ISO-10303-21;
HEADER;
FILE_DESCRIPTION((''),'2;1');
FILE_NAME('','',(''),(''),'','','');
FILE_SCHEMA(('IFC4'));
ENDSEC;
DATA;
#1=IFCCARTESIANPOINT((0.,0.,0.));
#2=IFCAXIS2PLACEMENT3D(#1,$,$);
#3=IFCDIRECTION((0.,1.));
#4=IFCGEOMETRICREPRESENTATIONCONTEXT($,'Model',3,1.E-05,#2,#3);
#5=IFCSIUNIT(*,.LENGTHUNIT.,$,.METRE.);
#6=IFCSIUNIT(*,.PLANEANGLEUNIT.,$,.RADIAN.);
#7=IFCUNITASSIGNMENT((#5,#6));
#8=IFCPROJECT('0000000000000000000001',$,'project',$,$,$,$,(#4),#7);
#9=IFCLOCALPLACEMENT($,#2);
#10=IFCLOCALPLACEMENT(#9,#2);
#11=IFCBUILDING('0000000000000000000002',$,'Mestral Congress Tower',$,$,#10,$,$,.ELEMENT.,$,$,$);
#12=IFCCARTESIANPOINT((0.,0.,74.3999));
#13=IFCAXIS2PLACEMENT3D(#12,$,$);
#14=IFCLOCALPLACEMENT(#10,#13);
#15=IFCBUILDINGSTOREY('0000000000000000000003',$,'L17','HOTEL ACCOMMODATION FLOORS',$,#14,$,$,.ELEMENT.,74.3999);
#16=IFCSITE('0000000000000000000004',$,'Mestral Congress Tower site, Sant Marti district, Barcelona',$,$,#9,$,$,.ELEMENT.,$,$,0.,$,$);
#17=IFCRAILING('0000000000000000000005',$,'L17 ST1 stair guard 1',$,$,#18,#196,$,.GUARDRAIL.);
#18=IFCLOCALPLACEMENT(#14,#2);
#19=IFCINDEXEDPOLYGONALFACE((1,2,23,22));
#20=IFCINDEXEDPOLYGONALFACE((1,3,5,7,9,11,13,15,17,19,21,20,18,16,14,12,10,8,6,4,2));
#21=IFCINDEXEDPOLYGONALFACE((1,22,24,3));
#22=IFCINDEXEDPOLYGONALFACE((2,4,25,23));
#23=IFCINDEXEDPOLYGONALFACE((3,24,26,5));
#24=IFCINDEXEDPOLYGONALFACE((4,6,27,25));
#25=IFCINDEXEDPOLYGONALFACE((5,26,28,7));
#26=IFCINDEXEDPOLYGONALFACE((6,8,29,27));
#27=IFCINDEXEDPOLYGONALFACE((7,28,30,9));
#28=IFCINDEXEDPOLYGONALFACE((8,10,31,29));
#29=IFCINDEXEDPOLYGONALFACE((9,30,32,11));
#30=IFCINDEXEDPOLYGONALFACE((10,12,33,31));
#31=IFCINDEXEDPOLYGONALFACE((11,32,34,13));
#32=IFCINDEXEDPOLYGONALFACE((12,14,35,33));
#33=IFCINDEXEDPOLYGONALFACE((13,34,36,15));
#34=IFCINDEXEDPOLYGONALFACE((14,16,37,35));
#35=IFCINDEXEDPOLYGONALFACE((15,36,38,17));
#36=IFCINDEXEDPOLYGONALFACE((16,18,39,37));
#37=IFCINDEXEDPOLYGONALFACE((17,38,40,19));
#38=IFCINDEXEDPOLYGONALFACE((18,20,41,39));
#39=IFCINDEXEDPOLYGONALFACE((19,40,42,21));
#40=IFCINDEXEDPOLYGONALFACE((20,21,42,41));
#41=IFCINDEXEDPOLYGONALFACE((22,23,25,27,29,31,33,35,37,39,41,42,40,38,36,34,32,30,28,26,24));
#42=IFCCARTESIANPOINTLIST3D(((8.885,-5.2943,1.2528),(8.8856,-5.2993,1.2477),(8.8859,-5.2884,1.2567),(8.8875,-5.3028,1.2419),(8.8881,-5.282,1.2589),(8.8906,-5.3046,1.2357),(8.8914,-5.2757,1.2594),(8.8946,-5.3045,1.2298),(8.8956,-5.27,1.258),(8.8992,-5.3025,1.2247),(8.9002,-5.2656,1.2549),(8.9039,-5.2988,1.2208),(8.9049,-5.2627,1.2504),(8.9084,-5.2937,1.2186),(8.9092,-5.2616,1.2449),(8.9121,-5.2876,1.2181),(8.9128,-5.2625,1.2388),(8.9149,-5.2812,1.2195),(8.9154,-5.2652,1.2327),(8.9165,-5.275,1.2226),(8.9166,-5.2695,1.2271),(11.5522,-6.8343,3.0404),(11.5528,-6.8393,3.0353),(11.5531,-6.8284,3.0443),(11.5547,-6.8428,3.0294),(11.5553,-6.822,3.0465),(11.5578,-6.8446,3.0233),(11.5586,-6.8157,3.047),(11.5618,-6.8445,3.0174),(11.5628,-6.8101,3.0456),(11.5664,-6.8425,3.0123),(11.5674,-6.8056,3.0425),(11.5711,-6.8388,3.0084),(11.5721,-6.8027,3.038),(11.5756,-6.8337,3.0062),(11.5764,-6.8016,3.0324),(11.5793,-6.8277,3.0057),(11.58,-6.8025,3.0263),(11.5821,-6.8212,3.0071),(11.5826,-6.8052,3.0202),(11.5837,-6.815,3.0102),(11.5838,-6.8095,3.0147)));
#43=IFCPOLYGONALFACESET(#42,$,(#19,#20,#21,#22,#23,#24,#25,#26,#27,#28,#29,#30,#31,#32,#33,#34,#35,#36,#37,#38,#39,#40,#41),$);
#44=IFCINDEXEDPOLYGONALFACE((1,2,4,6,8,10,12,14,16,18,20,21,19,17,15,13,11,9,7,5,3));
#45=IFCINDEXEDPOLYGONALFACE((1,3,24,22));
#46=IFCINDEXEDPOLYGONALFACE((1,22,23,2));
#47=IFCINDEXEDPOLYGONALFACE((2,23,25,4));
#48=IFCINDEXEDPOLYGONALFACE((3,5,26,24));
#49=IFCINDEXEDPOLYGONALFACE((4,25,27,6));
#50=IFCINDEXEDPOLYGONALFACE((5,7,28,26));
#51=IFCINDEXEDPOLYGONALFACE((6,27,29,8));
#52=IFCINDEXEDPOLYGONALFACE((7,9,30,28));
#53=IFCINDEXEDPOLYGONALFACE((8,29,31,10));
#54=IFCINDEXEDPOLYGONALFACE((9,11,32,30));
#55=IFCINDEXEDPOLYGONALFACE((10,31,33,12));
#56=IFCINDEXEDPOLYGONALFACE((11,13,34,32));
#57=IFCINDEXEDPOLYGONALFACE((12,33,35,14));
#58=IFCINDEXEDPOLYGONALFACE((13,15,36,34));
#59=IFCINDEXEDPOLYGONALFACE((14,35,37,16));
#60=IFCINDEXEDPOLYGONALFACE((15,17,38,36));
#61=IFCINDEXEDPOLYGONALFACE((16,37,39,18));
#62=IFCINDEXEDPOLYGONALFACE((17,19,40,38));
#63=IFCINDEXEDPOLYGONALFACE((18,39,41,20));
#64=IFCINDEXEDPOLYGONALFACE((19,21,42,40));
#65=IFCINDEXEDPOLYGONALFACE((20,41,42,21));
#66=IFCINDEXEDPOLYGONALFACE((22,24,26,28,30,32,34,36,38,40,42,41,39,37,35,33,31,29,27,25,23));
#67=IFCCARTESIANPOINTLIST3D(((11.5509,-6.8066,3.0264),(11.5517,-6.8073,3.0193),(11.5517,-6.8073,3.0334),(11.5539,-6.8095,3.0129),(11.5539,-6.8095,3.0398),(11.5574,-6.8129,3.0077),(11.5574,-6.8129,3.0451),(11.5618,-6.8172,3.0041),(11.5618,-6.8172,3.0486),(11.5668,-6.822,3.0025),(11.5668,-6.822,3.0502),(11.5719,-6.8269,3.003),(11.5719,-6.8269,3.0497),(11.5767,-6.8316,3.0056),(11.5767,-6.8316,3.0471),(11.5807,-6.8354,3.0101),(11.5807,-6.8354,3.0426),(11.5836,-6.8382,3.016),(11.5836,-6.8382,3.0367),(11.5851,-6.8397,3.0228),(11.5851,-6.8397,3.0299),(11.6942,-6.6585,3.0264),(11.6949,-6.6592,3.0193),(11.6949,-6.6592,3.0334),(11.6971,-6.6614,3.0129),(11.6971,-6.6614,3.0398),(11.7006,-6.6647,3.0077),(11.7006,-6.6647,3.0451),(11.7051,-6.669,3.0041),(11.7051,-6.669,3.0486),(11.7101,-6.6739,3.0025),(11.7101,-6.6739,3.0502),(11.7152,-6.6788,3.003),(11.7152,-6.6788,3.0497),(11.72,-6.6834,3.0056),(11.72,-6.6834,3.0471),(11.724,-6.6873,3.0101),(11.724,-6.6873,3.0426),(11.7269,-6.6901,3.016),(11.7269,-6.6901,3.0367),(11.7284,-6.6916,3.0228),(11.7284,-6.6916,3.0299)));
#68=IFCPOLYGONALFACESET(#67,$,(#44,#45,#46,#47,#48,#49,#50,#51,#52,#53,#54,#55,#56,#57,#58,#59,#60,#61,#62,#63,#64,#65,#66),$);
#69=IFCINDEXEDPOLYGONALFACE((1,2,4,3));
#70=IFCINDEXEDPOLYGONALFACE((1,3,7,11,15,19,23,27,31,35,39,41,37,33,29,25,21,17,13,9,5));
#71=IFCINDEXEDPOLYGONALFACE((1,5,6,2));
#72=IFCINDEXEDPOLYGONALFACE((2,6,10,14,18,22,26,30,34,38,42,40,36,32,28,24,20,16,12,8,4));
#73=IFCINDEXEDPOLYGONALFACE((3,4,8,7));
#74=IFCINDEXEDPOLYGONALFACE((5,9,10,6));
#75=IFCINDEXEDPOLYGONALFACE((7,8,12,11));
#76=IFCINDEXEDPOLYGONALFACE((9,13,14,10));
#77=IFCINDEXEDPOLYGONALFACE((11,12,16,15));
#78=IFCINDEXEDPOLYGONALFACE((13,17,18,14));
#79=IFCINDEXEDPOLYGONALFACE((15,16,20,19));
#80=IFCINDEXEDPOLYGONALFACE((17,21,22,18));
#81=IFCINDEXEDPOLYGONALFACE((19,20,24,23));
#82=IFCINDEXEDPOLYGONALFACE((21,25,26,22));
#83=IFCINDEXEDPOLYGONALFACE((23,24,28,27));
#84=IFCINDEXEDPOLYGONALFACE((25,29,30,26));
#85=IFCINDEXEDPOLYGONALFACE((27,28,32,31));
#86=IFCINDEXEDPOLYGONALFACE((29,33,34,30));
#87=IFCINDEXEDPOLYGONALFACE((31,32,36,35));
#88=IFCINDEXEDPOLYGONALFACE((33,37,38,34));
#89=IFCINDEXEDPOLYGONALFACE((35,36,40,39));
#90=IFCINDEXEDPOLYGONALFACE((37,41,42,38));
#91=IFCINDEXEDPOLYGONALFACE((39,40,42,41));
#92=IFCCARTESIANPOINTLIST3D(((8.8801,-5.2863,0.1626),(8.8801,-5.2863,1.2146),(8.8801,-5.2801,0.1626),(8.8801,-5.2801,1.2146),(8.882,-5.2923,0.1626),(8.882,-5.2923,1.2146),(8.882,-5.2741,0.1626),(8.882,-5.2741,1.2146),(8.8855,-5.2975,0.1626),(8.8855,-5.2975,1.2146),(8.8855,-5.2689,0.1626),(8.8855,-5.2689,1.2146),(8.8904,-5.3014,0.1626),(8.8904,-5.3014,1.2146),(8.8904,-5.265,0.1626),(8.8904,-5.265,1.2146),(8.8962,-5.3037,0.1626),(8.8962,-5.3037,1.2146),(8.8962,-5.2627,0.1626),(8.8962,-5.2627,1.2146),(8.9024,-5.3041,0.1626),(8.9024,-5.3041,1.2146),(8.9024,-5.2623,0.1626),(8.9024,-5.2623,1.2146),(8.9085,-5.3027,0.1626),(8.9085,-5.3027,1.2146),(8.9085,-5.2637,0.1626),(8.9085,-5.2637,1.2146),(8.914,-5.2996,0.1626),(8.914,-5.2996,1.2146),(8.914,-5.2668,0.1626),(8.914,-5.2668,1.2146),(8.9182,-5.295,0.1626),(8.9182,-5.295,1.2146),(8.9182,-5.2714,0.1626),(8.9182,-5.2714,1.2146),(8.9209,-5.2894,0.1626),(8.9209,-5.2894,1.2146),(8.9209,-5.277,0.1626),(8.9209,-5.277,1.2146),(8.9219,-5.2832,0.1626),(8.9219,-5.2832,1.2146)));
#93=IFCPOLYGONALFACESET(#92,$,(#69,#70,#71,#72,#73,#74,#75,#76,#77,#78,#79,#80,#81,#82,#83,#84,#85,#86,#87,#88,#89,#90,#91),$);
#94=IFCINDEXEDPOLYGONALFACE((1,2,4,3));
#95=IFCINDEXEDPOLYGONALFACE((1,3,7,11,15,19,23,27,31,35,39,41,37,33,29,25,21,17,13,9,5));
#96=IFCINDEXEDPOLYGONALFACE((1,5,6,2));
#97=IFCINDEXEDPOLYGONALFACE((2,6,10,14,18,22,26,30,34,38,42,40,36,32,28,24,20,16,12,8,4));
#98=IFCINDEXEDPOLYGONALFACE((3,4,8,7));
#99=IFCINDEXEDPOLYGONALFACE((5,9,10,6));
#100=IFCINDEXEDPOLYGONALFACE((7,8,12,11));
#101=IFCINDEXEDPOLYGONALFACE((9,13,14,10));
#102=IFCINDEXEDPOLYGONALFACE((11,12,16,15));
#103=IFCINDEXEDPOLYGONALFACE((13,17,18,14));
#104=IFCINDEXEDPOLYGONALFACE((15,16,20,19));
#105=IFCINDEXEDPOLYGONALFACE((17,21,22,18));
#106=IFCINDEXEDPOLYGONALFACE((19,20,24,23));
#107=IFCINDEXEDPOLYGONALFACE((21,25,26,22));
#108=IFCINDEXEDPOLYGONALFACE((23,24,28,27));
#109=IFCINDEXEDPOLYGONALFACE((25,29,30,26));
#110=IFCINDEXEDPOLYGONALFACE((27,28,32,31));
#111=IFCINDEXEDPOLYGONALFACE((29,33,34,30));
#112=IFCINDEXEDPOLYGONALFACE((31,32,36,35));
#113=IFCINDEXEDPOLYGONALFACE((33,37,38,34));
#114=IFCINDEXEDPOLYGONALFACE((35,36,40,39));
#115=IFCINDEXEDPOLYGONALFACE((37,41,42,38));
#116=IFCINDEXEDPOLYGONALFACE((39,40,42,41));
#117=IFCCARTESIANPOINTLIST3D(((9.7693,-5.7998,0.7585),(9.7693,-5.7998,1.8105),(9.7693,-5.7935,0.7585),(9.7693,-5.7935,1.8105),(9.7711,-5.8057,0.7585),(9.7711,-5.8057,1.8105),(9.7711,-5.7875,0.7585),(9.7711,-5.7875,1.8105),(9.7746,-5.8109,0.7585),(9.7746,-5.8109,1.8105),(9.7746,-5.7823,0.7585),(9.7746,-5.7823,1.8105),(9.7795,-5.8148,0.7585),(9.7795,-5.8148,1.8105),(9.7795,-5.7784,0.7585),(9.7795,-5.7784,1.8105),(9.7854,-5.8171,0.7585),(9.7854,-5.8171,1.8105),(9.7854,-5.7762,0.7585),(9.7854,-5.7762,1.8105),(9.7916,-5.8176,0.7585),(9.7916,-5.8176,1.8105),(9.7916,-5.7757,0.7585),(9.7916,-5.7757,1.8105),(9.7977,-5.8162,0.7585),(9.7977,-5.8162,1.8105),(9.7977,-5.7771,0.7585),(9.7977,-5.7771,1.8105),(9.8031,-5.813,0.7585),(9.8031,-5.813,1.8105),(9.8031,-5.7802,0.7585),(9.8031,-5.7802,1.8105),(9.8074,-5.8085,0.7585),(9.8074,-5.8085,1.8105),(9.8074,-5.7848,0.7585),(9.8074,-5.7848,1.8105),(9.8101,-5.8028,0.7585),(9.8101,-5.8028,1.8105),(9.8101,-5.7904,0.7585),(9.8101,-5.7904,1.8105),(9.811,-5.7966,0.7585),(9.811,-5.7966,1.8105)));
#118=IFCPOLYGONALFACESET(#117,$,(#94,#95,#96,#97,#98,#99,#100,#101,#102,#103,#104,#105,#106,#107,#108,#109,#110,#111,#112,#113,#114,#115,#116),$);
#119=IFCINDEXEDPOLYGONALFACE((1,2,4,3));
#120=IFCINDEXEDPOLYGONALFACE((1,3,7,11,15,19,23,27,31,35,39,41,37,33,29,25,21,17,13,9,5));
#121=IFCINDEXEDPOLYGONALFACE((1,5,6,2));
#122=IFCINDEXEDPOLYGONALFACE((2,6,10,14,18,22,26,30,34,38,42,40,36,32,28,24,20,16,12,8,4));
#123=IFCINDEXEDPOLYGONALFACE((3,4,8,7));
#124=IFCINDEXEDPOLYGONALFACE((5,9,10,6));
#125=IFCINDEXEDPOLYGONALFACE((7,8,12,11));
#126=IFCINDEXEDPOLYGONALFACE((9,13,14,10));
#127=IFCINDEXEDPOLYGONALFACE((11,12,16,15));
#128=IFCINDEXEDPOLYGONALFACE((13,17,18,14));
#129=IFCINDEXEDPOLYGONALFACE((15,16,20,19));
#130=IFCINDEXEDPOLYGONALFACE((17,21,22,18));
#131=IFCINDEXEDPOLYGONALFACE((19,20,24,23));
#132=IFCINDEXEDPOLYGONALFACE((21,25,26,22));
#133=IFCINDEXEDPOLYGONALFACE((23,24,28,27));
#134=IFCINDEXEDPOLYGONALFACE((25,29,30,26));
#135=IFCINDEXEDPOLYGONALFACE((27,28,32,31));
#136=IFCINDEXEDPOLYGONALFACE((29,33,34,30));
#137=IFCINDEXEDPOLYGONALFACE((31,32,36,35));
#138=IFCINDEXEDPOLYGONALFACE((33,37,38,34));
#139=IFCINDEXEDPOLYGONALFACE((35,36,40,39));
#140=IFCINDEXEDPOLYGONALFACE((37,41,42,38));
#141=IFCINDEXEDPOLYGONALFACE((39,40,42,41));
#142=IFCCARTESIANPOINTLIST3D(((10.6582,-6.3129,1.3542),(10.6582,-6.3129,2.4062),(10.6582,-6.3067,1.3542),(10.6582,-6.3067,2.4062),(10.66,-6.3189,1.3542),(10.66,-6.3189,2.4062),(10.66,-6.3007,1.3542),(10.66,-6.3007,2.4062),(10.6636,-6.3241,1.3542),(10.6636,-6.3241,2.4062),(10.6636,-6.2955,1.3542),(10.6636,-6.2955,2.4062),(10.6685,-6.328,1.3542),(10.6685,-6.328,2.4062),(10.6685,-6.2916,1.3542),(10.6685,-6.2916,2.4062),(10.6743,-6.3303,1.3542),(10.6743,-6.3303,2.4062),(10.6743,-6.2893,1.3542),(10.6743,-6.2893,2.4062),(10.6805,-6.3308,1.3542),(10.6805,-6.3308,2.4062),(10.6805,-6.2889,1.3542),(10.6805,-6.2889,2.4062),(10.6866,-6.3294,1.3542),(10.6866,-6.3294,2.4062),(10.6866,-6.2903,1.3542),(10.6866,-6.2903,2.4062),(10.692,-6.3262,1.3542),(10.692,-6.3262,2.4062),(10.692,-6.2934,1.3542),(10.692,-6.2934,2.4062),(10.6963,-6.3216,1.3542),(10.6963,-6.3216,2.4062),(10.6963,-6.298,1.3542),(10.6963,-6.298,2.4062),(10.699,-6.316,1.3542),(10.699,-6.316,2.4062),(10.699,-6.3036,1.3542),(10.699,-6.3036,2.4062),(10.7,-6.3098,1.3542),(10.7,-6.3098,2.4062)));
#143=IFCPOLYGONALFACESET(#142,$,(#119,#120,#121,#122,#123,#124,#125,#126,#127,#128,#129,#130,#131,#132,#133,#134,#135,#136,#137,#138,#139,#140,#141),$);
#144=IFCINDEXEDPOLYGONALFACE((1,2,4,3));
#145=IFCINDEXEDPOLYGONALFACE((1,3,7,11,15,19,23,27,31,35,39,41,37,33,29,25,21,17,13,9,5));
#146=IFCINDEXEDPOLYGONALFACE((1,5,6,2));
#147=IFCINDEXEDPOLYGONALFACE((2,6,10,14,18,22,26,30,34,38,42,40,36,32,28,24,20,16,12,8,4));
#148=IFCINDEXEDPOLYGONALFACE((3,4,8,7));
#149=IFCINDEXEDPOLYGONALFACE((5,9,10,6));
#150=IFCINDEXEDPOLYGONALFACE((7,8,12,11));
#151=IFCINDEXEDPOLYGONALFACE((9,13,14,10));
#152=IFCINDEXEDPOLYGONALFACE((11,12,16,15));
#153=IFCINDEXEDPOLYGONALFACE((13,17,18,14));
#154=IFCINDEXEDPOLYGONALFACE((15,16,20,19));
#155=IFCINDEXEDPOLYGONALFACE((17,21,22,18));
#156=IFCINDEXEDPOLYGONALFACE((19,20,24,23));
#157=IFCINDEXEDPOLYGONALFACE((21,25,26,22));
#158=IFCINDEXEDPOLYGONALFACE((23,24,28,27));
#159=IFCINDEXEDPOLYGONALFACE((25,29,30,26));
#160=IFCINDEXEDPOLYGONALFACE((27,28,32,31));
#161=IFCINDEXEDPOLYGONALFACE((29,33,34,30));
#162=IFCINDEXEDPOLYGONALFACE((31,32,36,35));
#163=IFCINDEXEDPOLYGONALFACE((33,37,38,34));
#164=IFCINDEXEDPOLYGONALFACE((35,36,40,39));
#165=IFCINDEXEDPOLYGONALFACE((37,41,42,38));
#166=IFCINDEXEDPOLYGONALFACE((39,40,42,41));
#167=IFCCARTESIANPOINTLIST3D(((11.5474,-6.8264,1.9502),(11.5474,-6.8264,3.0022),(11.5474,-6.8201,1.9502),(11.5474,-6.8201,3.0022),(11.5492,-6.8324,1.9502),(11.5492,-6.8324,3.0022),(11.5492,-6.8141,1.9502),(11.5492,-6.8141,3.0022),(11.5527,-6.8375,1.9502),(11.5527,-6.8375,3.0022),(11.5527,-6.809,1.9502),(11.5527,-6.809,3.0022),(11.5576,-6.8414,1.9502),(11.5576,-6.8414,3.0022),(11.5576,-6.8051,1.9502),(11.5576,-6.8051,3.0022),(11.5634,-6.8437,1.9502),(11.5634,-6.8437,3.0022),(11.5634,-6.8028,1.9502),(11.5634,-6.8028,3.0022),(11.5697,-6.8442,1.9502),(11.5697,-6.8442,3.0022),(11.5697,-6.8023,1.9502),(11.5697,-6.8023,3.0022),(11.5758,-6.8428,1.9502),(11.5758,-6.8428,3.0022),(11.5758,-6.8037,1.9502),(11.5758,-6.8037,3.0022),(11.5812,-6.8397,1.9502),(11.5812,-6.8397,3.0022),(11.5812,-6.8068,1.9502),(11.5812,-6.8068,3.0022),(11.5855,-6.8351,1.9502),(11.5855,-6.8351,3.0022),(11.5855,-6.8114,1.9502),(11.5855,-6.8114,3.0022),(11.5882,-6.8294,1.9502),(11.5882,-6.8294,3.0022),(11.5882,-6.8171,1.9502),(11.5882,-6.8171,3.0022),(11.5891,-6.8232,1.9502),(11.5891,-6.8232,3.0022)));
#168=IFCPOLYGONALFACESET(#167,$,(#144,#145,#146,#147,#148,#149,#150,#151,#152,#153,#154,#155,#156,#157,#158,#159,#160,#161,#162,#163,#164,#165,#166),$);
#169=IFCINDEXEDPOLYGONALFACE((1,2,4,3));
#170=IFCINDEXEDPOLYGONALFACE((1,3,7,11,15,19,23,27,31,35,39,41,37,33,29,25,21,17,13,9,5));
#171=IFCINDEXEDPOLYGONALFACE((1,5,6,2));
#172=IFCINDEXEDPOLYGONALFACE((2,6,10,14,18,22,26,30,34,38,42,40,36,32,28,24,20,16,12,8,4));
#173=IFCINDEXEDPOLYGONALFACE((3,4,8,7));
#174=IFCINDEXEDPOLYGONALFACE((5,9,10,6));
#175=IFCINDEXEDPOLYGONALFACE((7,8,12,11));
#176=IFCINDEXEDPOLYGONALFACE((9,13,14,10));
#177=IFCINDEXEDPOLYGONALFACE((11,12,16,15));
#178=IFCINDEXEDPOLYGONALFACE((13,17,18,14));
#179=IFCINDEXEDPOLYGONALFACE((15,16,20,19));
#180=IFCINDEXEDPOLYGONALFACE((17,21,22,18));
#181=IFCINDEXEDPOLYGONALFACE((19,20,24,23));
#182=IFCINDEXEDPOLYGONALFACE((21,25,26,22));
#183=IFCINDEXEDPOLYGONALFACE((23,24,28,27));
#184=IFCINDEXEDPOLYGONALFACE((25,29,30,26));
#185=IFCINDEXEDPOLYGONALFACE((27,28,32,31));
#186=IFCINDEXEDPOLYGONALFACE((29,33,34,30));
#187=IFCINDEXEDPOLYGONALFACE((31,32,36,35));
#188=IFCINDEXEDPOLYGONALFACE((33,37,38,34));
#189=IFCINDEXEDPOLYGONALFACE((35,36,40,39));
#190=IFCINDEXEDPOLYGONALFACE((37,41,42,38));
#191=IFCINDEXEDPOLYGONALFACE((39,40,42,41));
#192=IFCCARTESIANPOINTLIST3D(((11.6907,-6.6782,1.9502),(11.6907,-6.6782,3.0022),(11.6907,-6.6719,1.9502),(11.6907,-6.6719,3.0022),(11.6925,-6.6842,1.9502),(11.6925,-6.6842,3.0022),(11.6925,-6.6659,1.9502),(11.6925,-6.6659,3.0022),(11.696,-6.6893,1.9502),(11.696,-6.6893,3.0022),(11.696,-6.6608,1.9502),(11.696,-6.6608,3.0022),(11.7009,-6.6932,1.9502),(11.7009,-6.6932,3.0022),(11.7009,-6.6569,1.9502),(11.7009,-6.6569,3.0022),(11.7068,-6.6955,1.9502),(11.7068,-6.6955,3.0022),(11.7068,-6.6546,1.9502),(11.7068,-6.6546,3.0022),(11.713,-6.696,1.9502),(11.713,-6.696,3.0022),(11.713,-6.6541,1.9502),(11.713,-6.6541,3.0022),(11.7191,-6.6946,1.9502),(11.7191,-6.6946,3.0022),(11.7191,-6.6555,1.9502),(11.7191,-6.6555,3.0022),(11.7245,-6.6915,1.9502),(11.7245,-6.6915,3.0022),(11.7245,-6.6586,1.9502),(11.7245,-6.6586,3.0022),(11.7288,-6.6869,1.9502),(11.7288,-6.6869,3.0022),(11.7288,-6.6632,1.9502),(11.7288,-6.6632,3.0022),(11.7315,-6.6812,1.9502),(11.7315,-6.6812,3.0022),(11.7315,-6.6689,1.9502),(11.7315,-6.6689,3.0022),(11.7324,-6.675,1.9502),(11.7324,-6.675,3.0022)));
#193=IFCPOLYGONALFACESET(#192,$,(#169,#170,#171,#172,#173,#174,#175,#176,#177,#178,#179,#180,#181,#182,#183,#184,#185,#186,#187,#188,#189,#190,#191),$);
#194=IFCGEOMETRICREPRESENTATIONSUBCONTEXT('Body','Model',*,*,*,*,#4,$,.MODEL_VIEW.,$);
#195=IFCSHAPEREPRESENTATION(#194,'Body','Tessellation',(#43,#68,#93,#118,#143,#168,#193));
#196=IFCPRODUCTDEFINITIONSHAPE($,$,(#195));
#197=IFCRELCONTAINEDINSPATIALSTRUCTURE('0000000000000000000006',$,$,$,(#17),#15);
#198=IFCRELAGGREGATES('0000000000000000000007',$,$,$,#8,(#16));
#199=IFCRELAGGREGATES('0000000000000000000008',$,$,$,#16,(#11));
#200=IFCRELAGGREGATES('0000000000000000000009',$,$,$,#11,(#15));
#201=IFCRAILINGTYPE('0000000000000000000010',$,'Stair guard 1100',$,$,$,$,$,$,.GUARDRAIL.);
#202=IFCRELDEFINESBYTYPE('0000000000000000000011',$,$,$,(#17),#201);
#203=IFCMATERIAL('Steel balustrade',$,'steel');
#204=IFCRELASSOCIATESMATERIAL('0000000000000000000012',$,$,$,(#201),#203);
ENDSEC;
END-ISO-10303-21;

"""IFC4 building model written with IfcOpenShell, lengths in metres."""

from ifc_helpers import new_model, si_unit, direction, frame, origin, origin_2d, place, context, subcontext, project, spatial, circle, extrude, material, type_object, element, save


model = new_model("IFC4")

# Units and contexts
model_context = context("Model", 3, precision=1e-05, world=origin(), true_north=direction((0.0, 1.0)))
body_context = subcontext(model_context, "Body", "Model", "MODEL_VIEW")
ifc_project = project(units=[si_unit("LENGTHUNIT", "METRE"), si_unit("PLANEANGLEUNIT", "RADIAN")], contexts=[model_context])

# Site, building, storey
site_placement = place(None, origin())
site = spatial("IfcSite", under=ifc_project, at=site_placement, Name="Mestral Congress Tower site, Sant Marti district, Barcelona", CompositionType="ELEMENT", RefElevation=0.0)
building_placement = place(site_placement, origin())
building = spatial("IfcBuilding", under=site, at=building_placement, Name="Mestral Congress Tower", CompositionType="ELEMENT")
storey_placement = place(building_placement, frame((0.0, 0.0, 74.3999)))
storey = spatial("IfcBuildingStorey", under=building, at=storey_placement, Name="L17", Description="HOTEL ACCOMMODATION FLOORS", CompositionType="ELEMENT", Elevation=74.3999)

# Railing
ifc_material_1 = material(Name="Steel balustrade", Category="steel")
railing_type_1 = type_object("IfcRailingType", Name="Stair guard 1100", PredefinedType="GUARDRAIL", material=ifc_material_1)
railing_1_placement = place(storey_placement, frame((8.9009, -5.2832, 0.1626)))
element("IfcRailing", 1, at=railing_1_placement, inside=storey, type_object=railing_type_1, Name="L17 ST1 stair guard 1", PredefinedType="GUARDRAIL", context=body_context, shape_type="SweptSolid", body=[
    extrude(circle(Radius=0.0239, at=origin_2d()), frame((0.0, 0.0, 1.0762), z_axis=(0.748994, -0.432463, 0.50198), x_axis=(0.500027, 0.86601, 0.0)), (0.0, 0.0, 1.0), 3.561),
    extrude(circle(Radius=0.0239, at=origin_2d()), frame((2.6672, -1.54, 2.8638), z_axis=(0.695165, 0.71885, 0.0), x_axis=(-0.71885, 0.695165, 0.0)), (0.0, 0.0, 1.0), 0.2061),
    extrude(circle(Radius=0.021, at=origin_2d()), origin(), (0.0, 0.0, 1.0), 1.052),
    extrude(circle(Radius=0.021, at=origin_2d()), frame((0.8892, -0.5134, 0.5959)), (0.0, 0.0, 1.0), 1.052),
    extrude(circle(Radius=0.021, at=origin_2d()), frame((1.7781, -1.0266, 1.1917)), (0.0, 0.0, 1.0), 1.052),
    extrude(circle(Radius=0.021, at=origin_2d()), frame((2.6672, -1.54, 1.7876)), (0.0, 0.0, 1.0), 1.052),
    extrude(circle(Radius=0.021, at=origin_2d()), frame((2.8105, -1.3918, 1.7876)), (0.0, 0.0, 1.0), 1.052),
])

save(model, "model.ifc")
